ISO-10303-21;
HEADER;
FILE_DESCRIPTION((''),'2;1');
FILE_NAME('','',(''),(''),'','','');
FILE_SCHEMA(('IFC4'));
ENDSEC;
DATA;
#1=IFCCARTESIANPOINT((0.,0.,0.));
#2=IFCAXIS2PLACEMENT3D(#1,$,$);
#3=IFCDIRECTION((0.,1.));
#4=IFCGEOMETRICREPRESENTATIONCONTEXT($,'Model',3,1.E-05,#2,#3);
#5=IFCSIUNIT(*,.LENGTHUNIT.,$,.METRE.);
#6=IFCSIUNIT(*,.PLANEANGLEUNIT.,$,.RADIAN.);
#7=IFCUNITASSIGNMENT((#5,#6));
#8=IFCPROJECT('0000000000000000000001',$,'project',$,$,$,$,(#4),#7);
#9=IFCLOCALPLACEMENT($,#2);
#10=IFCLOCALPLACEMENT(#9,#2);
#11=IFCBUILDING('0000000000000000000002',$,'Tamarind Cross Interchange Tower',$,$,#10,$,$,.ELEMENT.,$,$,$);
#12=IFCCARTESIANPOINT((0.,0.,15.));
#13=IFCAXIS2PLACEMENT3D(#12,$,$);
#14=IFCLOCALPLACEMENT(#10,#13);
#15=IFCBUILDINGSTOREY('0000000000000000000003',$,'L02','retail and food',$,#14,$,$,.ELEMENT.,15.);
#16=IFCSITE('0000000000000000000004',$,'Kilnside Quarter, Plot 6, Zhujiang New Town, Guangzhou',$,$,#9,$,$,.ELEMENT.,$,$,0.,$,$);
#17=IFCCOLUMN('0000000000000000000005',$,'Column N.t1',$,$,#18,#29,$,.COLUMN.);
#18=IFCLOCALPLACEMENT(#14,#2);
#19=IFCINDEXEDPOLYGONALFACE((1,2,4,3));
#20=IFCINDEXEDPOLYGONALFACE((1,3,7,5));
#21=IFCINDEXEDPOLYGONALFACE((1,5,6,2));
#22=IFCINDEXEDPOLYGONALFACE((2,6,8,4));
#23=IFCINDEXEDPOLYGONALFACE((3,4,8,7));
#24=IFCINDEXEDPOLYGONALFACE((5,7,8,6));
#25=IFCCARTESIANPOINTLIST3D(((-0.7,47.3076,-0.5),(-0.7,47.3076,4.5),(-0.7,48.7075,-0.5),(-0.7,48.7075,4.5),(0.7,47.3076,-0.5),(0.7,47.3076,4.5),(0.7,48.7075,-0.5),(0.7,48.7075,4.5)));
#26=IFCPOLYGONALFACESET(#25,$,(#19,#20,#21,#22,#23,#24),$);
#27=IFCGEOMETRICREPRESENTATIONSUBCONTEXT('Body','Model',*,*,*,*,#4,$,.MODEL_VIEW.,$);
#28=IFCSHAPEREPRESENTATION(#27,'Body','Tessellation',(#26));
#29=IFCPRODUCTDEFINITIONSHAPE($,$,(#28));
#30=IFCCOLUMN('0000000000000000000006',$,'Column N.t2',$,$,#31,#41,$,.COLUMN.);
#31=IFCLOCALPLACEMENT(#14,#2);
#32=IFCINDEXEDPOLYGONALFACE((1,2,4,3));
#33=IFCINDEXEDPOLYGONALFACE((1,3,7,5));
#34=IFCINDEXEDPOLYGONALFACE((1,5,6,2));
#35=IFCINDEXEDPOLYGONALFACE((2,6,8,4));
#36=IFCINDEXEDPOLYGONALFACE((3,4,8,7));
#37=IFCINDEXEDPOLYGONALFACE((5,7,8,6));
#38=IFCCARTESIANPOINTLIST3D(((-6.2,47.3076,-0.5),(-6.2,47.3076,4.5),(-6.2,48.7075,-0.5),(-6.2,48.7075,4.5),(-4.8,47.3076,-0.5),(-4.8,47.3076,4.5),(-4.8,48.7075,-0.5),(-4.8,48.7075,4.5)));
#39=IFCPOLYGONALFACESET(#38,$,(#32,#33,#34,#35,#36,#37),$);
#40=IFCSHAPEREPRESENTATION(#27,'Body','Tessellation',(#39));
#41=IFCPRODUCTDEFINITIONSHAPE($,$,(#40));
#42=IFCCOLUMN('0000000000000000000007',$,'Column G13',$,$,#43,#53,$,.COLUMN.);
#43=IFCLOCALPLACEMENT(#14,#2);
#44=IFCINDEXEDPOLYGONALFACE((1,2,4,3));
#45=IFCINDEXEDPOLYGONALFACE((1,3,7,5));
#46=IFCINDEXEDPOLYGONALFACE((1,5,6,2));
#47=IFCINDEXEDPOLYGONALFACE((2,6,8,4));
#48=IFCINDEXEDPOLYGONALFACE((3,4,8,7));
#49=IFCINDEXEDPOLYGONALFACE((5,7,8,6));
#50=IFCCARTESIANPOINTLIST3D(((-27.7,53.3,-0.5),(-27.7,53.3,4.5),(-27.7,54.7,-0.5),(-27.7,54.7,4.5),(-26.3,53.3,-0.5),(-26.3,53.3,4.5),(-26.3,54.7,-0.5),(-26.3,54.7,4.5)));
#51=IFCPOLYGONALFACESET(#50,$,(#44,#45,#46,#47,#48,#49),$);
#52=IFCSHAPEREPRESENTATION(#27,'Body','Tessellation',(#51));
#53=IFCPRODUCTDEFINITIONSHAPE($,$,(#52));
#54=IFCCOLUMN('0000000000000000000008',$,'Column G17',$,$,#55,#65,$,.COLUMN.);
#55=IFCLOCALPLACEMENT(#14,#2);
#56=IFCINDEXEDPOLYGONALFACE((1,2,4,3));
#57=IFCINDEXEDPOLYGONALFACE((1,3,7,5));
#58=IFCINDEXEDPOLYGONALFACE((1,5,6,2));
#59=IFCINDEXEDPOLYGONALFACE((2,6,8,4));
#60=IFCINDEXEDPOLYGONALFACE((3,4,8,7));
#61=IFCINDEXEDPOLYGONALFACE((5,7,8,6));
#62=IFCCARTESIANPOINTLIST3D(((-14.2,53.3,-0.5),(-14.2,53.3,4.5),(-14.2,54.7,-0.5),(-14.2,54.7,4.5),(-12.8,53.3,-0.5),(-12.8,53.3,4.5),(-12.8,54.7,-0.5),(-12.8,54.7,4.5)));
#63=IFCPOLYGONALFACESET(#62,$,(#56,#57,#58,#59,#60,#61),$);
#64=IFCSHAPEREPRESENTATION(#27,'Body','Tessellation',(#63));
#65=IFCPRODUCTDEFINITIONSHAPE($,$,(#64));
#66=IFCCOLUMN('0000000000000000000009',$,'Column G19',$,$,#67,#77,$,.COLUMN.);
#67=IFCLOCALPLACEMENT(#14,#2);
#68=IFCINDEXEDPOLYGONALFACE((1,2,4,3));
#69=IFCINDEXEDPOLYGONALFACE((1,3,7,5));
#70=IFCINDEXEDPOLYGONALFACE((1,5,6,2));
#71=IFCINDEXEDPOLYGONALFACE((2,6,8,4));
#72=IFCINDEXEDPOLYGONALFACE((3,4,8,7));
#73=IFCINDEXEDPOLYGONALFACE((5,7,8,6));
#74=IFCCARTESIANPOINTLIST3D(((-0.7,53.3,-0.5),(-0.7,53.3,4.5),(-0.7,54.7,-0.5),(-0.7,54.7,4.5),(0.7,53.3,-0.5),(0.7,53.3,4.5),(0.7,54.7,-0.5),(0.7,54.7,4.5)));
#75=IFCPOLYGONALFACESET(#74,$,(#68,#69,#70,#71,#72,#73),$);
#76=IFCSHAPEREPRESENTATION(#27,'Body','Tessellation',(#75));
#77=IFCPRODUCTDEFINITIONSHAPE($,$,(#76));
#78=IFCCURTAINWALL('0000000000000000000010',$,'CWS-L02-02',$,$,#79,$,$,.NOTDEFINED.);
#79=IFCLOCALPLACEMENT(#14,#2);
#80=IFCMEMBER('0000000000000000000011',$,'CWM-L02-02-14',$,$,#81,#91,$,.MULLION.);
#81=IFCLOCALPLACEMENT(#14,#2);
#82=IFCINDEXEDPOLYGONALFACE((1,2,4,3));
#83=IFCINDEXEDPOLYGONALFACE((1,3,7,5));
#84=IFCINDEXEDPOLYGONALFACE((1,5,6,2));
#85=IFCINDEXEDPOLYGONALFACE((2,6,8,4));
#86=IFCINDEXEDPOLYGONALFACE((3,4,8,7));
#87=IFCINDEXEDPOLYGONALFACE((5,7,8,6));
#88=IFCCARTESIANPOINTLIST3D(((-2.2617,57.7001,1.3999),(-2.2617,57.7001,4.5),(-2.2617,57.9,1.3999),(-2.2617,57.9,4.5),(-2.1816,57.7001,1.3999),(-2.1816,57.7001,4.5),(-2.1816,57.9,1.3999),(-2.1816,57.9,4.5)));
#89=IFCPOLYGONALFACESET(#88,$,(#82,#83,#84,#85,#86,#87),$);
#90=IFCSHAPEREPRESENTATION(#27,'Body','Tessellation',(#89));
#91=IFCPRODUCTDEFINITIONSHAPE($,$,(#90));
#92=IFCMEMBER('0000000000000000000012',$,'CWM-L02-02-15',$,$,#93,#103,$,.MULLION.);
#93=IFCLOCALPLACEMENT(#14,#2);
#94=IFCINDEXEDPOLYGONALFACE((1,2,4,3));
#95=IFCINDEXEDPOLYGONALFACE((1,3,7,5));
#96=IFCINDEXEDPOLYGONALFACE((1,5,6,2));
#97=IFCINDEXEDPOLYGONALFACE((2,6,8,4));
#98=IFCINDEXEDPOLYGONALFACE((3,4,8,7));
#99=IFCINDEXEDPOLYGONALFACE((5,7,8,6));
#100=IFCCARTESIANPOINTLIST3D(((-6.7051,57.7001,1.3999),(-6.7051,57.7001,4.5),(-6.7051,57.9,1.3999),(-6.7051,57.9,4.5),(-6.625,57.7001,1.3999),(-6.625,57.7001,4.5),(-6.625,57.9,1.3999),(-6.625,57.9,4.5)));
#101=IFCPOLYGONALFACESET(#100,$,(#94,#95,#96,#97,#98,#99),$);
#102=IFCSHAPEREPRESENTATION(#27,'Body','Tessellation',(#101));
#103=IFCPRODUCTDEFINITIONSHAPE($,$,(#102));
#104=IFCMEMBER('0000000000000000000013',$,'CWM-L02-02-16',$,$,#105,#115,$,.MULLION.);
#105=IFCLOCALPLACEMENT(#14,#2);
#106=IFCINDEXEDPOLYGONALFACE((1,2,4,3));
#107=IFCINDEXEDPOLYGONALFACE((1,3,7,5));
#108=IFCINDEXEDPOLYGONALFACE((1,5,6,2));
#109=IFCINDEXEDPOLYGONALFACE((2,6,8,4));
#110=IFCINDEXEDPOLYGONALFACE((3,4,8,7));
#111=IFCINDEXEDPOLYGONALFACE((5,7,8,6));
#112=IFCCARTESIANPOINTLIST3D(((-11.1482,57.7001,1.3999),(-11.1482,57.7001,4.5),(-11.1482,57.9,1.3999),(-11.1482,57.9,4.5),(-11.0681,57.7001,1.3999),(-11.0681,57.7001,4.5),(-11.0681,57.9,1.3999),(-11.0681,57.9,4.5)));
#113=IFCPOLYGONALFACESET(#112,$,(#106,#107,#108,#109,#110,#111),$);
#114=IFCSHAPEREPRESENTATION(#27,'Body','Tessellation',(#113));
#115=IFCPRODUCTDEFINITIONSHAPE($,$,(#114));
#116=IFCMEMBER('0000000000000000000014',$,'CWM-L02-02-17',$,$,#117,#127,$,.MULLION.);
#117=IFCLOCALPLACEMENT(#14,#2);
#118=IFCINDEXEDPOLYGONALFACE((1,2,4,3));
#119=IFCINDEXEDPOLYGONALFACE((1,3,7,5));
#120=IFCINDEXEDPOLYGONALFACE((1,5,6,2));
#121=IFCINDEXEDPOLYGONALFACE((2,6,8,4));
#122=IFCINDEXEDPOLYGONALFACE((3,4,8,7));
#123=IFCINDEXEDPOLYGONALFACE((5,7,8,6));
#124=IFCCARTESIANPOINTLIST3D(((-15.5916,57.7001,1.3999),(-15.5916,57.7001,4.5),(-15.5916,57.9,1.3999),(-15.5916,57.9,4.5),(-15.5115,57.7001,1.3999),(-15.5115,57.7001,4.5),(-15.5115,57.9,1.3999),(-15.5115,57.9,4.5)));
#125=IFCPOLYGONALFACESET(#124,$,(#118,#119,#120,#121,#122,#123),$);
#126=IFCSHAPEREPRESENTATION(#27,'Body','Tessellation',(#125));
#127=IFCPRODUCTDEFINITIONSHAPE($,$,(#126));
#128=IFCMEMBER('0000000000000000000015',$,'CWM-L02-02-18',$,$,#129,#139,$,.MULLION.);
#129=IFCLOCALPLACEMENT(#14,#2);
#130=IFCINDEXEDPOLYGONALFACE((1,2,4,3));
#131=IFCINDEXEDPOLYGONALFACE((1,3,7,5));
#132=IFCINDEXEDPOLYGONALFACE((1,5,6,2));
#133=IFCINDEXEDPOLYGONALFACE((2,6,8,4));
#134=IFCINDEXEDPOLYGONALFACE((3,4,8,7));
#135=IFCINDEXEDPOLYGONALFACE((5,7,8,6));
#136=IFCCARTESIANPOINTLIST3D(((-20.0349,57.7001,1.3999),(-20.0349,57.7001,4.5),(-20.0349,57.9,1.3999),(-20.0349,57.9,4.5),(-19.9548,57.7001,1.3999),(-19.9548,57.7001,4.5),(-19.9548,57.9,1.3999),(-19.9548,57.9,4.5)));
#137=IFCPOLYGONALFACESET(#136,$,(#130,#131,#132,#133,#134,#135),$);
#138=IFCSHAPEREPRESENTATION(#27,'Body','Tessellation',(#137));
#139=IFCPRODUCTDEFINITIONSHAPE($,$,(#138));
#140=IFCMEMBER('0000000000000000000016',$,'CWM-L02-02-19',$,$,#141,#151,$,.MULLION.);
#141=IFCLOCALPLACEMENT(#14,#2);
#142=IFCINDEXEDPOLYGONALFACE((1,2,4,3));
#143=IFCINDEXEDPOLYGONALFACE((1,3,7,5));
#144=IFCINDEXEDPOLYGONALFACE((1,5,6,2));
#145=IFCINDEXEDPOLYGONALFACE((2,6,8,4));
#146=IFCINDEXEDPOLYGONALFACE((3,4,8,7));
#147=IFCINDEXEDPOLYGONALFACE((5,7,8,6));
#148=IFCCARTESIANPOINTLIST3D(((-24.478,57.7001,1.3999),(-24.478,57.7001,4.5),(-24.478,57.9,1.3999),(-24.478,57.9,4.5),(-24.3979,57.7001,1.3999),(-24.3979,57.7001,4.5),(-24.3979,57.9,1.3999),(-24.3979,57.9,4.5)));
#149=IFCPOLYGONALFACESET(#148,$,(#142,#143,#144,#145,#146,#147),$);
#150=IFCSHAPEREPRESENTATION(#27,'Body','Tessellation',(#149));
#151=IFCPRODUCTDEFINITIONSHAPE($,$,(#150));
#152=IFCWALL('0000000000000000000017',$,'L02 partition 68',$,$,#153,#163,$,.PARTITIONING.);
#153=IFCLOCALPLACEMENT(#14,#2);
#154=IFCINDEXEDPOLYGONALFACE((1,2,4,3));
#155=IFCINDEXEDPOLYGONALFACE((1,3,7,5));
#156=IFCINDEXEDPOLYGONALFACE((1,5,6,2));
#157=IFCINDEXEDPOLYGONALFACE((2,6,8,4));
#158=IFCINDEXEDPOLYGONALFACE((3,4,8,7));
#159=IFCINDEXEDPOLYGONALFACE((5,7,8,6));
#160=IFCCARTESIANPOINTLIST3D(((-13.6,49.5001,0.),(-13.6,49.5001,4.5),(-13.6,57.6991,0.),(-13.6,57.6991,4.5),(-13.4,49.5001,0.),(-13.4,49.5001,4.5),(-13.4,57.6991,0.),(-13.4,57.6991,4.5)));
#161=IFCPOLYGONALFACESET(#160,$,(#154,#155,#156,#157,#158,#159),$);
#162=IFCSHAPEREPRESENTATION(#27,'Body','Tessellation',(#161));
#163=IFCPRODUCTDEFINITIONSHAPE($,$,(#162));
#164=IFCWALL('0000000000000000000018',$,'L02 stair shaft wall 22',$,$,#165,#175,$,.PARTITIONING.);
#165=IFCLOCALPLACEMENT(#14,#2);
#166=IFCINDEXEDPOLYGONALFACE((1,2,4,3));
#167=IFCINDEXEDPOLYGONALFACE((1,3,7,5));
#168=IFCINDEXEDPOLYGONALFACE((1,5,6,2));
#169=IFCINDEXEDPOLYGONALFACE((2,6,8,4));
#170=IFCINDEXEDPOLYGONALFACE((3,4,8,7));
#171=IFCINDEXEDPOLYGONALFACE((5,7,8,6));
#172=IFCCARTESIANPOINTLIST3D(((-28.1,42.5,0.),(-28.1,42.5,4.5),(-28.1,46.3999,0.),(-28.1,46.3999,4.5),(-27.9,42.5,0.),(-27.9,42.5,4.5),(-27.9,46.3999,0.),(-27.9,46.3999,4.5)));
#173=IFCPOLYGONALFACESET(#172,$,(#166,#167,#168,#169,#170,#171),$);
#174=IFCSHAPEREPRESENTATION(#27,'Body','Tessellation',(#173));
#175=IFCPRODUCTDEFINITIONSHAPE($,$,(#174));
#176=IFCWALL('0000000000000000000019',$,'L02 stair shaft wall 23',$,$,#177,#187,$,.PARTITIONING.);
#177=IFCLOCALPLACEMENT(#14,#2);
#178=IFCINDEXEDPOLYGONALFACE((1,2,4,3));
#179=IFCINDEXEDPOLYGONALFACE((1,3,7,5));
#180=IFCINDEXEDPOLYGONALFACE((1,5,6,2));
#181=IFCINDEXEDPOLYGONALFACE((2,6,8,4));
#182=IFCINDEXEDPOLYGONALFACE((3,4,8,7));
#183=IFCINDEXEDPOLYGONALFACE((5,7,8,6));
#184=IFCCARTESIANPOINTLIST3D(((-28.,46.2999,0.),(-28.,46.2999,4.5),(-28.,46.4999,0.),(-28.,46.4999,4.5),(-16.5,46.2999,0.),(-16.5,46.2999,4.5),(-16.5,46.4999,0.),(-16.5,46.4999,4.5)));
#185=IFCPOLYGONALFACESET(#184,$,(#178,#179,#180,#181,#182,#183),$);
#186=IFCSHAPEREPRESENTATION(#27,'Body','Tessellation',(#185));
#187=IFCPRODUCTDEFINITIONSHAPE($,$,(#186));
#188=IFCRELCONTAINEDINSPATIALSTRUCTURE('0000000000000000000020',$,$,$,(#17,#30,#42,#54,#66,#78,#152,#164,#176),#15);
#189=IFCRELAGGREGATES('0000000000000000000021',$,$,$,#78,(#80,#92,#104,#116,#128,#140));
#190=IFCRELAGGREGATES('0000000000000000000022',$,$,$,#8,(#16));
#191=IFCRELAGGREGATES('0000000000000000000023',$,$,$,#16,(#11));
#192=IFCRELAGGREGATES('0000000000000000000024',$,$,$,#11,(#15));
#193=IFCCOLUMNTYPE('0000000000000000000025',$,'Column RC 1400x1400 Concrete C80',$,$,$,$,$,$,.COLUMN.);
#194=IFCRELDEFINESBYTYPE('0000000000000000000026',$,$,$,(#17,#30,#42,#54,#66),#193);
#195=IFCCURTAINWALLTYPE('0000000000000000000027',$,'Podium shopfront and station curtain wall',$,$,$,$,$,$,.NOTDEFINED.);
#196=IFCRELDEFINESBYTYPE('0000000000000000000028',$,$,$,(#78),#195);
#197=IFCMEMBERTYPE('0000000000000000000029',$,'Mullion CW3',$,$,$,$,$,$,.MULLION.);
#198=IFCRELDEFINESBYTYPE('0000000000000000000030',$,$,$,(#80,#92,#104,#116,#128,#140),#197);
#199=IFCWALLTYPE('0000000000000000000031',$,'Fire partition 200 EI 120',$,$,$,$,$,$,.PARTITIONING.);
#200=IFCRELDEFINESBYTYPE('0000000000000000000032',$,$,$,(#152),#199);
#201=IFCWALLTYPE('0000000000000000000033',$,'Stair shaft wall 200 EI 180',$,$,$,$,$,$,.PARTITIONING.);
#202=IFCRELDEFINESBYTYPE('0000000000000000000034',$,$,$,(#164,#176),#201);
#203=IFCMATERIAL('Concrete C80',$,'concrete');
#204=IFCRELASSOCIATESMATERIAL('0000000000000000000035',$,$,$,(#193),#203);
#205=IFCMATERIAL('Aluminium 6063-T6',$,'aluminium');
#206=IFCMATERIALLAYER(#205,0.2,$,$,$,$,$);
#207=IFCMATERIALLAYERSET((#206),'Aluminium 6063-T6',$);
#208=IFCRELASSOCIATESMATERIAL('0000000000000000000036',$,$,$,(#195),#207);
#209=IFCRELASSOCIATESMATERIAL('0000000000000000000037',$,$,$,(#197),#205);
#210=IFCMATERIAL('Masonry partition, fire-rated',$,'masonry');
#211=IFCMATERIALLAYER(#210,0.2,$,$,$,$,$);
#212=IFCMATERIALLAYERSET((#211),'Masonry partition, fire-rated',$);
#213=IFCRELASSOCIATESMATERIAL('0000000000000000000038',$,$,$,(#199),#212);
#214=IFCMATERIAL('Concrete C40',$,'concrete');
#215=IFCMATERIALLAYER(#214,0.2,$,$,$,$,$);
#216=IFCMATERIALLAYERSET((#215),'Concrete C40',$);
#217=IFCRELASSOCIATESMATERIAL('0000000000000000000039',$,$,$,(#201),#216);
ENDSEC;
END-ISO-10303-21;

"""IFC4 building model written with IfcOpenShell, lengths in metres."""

from ifc_helpers import new_model, si_unit, direction, frame, frame_2d, origin, origin_2d, place, context, subcontext, project, spatial, rectangle, extrude, material, layer, layer_set, material_profile, profile_set, type_object, element, aggregate, save


model = new_model("IFC4")

# Units and contexts
model_context = context("Model", 3, precision=1e-05, world=origin(), true_north=direction((0.0, 1.0)))
body_context = subcontext(model_context, "Body", "Model", "MODEL_VIEW")
ifc_project = project(units=[si_unit("LENGTHUNIT", "METRE"), si_unit("PLANEANGLEUNIT", "RADIAN")], contexts=[model_context])

# Site, building, storey
site_placement = place(None, origin())
site = spatial("IfcSite", under=ifc_project, at=site_placement, Name="Kilnside Quarter, Plot 6, Zhujiang New Town, Guangzhou", CompositionType="ELEMENT", RefElevation=0.0)
building_placement = place(site_placement, origin())
building = spatial("IfcBuilding", under=site, at=building_placement, Name="Tamarind Cross Interchange Tower", CompositionType="ELEMENT")
storey_placement = place(building_placement, frame((0.0, 0.0, 15.0)))
storey = spatial("IfcBuildingStorey", under=building, at=storey_placement, Name="L02", Description="retail and food", CompositionType="ELEMENT", Elevation=15.0)

# Columns
ifc_material_1 = material(Name="Concrete C80", Category="concrete")
ifc_material_profile_1 = material_profile(ifc_material_1, rectangle(XDim=1.3999, YDim=1.3999, at=origin_2d()), Name="RC 1400x1400")
ifc_profile_set_1 = profile_set([ifc_material_profile_1], Name="Concrete C80")
column_type = type_object("IfcColumnType", Name="Column RC 1400x1400 Concrete C80", PredefinedType="COLUMN", material=ifc_profile_set_1)
for number, where, z_axis, x_axis, name in (
    (1, (0.0, 48.0076, -0.5), (0.0, 0.0, 1.0), (1.0, 0.0, 0.0), "Column N.t1"),
    (2, (-5.5, 48.0076, -0.5), (0.0, 0.0, 1.0), (1.0, 0.0, 0.0), "Column N.t2"),
    (3, (-27.0, 54.0, -0.5), (0.0, 0.0, 1.0), (1.0, 0.0, 0.0), "Column G13"),
    (4, (-13.5, 54.0, -0.5), (0.0, 0.0, 1.0), (1.0, 0.0, 0.0), "Column G17"),
    (5, (0.0, 54.0, -0.5), (0.0, 0.0, 1.0), (1.0, 0.0, 0.0), "Column G19"),
):
    element("IfcColumn", number, at=place(storey_placement, frame(where, z_axis=z_axis, x_axis=x_axis)), inside=storey, type_object=column_type, Name=name, PredefinedType="COLUMN", context=body_context, shape_type="SweptSolid", body=[
        extrude(rectangle(XDim=1.3999, YDim=1.3999, at=origin_2d()), origin(), (0.0, 0.0, 1.0), 5.0),
    ])

# Curtain wall, members
ifc_material_2 = material(Name="Aluminium 6063-T6", Category="aluminium")
ifc_layer_1 = layer(ifc_material_2, 0.2)
ifc_layer_set_1 = layer_set([ifc_layer_1], Name="Aluminium 6063-T6")
curtain_wall_type = type_object("IfcCurtainWallType", Name="Podium shopfront and station curtain wall", PredefinedType="NOTDEFINED", material=ifc_layer_set_1)
curtain_wall_placement = place(storey_placement, origin())
curtain_wall = element("IfcCurtainWall", 6, at=curtain_wall_placement, inside=storey, type_object=curtain_wall_type, Name="CWS-L02-02", PredefinedType="NOTDEFINED")
ifc_material_profile_2 = material_profile(ifc_material_2, rectangle(XDim=0.0801, YDim=0.2, at=origin_2d()), Name="Mullion CW3")
ifc_profile_set_2 = profile_set([ifc_material_profile_2], Name="Aluminium 6063-T6")
member_type = type_object("IfcMemberType", Name="Mullion CW3", PredefinedType="MULLION", material=ifc_profile_set_2)
member_1_placement = place(storey_placement, frame((-2.2217, 57.8, 1.3999), z_axis=(0.0, 0.0, 1.0), x_axis=(-1.0, 0.0, 0.0)))
member_1 = element("IfcMember", 7, at=member_1_placement, type_object=member_type, Name="CWM-L02-02-14", PredefinedType="MULLION", context=body_context, shape_type="SweptSolid", body=[
    extrude(rectangle(XDim=0.0801, YDim=0.2, at=origin_2d()), origin(), (0.0, 0.0, 1.0), 3.1001),
])
member_2_placement = place(storey_placement, frame((-6.665, 57.8, 1.3999), z_axis=(0.0, 0.0, 1.0), x_axis=(-1.0, 0.0, 0.0)))
member_2 = element("IfcMember", 8, at=member_2_placement, type_object=member_type, Name="CWM-L02-02-15", PredefinedType="MULLION", context=body_context, shape_type="SweptSolid", body=[
    extrude(rectangle(XDim=0.0801, YDim=0.2, at=origin_2d()), origin(), (0.0, 0.0, 1.0), 3.1001),
])
member_3_placement = place(storey_placement, frame((-11.1082, 57.8, 1.3999), z_axis=(0.0, 0.0, 1.0), x_axis=(-1.0, 0.0, 0.0)))
member_3 = element("IfcMember", 9, at=member_3_placement, type_object=member_type, Name="CWM-L02-02-16", PredefinedType="MULLION", context=body_context, shape_type="SweptSolid", body=[
    extrude(rectangle(XDim=0.0801, YDim=0.2, at=origin_2d()), origin(), (0.0, 0.0, 1.0), 3.1001),
])
member_4_placement = place(storey_placement, frame((-15.5515, 57.8, 1.3999), z_axis=(0.0, 0.0, 1.0), x_axis=(-1.0, 0.0, 0.0)))
member_4 = element("IfcMember", 10, at=member_4_placement, type_object=member_type, Name="CWM-L02-02-17", PredefinedType="MULLION", context=body_context, shape_type="SweptSolid", body=[
    extrude(rectangle(XDim=0.0801, YDim=0.2, at=origin_2d()), origin(), (0.0, 0.0, 1.0), 3.1001),
])
member_5_placement = place(storey_placement, frame((-19.9949, 57.8, 1.3999), z_axis=(0.0, 0.0, 1.0), x_axis=(-1.0, 0.0, 0.0)))
member_5 = element("IfcMember", 11, at=member_5_placement, type_object=member_type, Name="CWM-L02-02-18", PredefinedType="MULLION", context=body_context, shape_type="SweptSolid", body=[
    extrude(rectangle(XDim=0.0801, YDim=0.2, at=origin_2d()), origin(), (0.0, 0.0, 1.0), 3.1001),
])
member_6_placement = place(storey_placement, frame((-24.438, 57.8, 1.3999), z_axis=(0.0, 0.0, 1.0), x_axis=(-1.0, 0.0, 0.0)))
member_6 = element("IfcMember", 12, at=member_6_placement, type_object=member_type, Name="CWM-L02-02-19", PredefinedType="MULLION", context=body_context, shape_type="SweptSolid", body=[
    extrude(rectangle(XDim=0.0801, YDim=0.2, at=origin_2d()), origin(), (0.0, 0.0, 1.0), 3.1001),
])
aggregate(curtain_wall, [member_1, member_2, member_3, member_4, member_5, member_6])

# Walls
ifc_material_3 = material(Name="Masonry partition, fire-rated", Category="masonry")
ifc_layer_2 = layer(ifc_material_3, 0.2)
ifc_layer_set_2 = layer_set([ifc_layer_2], Name="Masonry partition, fire-rated")
wall_type_1 = type_object("IfcWallType", Name="Fire partition 200 EI 120", PredefinedType="PARTITIONING", material=ifc_layer_set_2)
wall_1_placement = place(storey_placement, frame((-13.5, 49.5, 0.0), z_axis=(0.0, 0.0, 1.0), x_axis=(0.0, 1.0, 0.0)))
element("IfcWall", 13, at=wall_1_placement, inside=storey, type_object=wall_type_1, Name="L02 partition 68", PredefinedType="PARTITIONING", context=body_context, shape_type="SweptSolid", body=[
    extrude(rectangle(XDim=8.199, YDim=0.2, at=frame_2d((4.0996, 0.0))), origin(), (0.0, 0.0, 1.0), 4.5),
])
ifc_material_4 = material(Name="Concrete C40", Category="concrete")
ifc_layer_3 = layer(ifc_material_4, 0.2)
ifc_layer_set_3 = layer_set([ifc_layer_3], Name="Concrete C40")
wall_type_2 = type_object("IfcWallType", Name="Stair shaft wall 200 EI 180", PredefinedType="PARTITIONING", material=ifc_layer_set_3)
wall_2_placement = place(storey_placement, frame((-28.0, 42.5, 0.0), z_axis=(0.0, 0.0, 1.0), x_axis=(0.0, 1.0, 0.0)))
element("IfcWall", 14, at=wall_2_placement, inside=storey, type_object=wall_type_2, Name="L02 stair shaft wall 22", PredefinedType="PARTITIONING", context=body_context, shape_type="SweptSolid", body=[
    extrude(rectangle(XDim=3.8999, YDim=0.2, at=frame_2d((1.95, 0.0))), origin(), (0.0, 0.0, 1.0), 4.5),
])
wall_3_placement = place(storey_placement, frame((-28.0, 46.3999, 0.0), z_axis=(0.0, 0.0, 1.0), x_axis=(1.0, 0.0, 0.0)))
element("IfcWall", 15, at=wall_3_placement, inside=storey, type_object=wall_type_2, Name="L02 stair shaft wall 23", PredefinedType="PARTITIONING", context=body_context, shape_type="SweptSolid", body=[
    extrude(rectangle(XDim=11.5, YDim=0.2, at=frame_2d((5.75, 0.0))), origin(), (0.0, 0.0, 1.0), 4.5),
])

save(model, "model.ifc")
